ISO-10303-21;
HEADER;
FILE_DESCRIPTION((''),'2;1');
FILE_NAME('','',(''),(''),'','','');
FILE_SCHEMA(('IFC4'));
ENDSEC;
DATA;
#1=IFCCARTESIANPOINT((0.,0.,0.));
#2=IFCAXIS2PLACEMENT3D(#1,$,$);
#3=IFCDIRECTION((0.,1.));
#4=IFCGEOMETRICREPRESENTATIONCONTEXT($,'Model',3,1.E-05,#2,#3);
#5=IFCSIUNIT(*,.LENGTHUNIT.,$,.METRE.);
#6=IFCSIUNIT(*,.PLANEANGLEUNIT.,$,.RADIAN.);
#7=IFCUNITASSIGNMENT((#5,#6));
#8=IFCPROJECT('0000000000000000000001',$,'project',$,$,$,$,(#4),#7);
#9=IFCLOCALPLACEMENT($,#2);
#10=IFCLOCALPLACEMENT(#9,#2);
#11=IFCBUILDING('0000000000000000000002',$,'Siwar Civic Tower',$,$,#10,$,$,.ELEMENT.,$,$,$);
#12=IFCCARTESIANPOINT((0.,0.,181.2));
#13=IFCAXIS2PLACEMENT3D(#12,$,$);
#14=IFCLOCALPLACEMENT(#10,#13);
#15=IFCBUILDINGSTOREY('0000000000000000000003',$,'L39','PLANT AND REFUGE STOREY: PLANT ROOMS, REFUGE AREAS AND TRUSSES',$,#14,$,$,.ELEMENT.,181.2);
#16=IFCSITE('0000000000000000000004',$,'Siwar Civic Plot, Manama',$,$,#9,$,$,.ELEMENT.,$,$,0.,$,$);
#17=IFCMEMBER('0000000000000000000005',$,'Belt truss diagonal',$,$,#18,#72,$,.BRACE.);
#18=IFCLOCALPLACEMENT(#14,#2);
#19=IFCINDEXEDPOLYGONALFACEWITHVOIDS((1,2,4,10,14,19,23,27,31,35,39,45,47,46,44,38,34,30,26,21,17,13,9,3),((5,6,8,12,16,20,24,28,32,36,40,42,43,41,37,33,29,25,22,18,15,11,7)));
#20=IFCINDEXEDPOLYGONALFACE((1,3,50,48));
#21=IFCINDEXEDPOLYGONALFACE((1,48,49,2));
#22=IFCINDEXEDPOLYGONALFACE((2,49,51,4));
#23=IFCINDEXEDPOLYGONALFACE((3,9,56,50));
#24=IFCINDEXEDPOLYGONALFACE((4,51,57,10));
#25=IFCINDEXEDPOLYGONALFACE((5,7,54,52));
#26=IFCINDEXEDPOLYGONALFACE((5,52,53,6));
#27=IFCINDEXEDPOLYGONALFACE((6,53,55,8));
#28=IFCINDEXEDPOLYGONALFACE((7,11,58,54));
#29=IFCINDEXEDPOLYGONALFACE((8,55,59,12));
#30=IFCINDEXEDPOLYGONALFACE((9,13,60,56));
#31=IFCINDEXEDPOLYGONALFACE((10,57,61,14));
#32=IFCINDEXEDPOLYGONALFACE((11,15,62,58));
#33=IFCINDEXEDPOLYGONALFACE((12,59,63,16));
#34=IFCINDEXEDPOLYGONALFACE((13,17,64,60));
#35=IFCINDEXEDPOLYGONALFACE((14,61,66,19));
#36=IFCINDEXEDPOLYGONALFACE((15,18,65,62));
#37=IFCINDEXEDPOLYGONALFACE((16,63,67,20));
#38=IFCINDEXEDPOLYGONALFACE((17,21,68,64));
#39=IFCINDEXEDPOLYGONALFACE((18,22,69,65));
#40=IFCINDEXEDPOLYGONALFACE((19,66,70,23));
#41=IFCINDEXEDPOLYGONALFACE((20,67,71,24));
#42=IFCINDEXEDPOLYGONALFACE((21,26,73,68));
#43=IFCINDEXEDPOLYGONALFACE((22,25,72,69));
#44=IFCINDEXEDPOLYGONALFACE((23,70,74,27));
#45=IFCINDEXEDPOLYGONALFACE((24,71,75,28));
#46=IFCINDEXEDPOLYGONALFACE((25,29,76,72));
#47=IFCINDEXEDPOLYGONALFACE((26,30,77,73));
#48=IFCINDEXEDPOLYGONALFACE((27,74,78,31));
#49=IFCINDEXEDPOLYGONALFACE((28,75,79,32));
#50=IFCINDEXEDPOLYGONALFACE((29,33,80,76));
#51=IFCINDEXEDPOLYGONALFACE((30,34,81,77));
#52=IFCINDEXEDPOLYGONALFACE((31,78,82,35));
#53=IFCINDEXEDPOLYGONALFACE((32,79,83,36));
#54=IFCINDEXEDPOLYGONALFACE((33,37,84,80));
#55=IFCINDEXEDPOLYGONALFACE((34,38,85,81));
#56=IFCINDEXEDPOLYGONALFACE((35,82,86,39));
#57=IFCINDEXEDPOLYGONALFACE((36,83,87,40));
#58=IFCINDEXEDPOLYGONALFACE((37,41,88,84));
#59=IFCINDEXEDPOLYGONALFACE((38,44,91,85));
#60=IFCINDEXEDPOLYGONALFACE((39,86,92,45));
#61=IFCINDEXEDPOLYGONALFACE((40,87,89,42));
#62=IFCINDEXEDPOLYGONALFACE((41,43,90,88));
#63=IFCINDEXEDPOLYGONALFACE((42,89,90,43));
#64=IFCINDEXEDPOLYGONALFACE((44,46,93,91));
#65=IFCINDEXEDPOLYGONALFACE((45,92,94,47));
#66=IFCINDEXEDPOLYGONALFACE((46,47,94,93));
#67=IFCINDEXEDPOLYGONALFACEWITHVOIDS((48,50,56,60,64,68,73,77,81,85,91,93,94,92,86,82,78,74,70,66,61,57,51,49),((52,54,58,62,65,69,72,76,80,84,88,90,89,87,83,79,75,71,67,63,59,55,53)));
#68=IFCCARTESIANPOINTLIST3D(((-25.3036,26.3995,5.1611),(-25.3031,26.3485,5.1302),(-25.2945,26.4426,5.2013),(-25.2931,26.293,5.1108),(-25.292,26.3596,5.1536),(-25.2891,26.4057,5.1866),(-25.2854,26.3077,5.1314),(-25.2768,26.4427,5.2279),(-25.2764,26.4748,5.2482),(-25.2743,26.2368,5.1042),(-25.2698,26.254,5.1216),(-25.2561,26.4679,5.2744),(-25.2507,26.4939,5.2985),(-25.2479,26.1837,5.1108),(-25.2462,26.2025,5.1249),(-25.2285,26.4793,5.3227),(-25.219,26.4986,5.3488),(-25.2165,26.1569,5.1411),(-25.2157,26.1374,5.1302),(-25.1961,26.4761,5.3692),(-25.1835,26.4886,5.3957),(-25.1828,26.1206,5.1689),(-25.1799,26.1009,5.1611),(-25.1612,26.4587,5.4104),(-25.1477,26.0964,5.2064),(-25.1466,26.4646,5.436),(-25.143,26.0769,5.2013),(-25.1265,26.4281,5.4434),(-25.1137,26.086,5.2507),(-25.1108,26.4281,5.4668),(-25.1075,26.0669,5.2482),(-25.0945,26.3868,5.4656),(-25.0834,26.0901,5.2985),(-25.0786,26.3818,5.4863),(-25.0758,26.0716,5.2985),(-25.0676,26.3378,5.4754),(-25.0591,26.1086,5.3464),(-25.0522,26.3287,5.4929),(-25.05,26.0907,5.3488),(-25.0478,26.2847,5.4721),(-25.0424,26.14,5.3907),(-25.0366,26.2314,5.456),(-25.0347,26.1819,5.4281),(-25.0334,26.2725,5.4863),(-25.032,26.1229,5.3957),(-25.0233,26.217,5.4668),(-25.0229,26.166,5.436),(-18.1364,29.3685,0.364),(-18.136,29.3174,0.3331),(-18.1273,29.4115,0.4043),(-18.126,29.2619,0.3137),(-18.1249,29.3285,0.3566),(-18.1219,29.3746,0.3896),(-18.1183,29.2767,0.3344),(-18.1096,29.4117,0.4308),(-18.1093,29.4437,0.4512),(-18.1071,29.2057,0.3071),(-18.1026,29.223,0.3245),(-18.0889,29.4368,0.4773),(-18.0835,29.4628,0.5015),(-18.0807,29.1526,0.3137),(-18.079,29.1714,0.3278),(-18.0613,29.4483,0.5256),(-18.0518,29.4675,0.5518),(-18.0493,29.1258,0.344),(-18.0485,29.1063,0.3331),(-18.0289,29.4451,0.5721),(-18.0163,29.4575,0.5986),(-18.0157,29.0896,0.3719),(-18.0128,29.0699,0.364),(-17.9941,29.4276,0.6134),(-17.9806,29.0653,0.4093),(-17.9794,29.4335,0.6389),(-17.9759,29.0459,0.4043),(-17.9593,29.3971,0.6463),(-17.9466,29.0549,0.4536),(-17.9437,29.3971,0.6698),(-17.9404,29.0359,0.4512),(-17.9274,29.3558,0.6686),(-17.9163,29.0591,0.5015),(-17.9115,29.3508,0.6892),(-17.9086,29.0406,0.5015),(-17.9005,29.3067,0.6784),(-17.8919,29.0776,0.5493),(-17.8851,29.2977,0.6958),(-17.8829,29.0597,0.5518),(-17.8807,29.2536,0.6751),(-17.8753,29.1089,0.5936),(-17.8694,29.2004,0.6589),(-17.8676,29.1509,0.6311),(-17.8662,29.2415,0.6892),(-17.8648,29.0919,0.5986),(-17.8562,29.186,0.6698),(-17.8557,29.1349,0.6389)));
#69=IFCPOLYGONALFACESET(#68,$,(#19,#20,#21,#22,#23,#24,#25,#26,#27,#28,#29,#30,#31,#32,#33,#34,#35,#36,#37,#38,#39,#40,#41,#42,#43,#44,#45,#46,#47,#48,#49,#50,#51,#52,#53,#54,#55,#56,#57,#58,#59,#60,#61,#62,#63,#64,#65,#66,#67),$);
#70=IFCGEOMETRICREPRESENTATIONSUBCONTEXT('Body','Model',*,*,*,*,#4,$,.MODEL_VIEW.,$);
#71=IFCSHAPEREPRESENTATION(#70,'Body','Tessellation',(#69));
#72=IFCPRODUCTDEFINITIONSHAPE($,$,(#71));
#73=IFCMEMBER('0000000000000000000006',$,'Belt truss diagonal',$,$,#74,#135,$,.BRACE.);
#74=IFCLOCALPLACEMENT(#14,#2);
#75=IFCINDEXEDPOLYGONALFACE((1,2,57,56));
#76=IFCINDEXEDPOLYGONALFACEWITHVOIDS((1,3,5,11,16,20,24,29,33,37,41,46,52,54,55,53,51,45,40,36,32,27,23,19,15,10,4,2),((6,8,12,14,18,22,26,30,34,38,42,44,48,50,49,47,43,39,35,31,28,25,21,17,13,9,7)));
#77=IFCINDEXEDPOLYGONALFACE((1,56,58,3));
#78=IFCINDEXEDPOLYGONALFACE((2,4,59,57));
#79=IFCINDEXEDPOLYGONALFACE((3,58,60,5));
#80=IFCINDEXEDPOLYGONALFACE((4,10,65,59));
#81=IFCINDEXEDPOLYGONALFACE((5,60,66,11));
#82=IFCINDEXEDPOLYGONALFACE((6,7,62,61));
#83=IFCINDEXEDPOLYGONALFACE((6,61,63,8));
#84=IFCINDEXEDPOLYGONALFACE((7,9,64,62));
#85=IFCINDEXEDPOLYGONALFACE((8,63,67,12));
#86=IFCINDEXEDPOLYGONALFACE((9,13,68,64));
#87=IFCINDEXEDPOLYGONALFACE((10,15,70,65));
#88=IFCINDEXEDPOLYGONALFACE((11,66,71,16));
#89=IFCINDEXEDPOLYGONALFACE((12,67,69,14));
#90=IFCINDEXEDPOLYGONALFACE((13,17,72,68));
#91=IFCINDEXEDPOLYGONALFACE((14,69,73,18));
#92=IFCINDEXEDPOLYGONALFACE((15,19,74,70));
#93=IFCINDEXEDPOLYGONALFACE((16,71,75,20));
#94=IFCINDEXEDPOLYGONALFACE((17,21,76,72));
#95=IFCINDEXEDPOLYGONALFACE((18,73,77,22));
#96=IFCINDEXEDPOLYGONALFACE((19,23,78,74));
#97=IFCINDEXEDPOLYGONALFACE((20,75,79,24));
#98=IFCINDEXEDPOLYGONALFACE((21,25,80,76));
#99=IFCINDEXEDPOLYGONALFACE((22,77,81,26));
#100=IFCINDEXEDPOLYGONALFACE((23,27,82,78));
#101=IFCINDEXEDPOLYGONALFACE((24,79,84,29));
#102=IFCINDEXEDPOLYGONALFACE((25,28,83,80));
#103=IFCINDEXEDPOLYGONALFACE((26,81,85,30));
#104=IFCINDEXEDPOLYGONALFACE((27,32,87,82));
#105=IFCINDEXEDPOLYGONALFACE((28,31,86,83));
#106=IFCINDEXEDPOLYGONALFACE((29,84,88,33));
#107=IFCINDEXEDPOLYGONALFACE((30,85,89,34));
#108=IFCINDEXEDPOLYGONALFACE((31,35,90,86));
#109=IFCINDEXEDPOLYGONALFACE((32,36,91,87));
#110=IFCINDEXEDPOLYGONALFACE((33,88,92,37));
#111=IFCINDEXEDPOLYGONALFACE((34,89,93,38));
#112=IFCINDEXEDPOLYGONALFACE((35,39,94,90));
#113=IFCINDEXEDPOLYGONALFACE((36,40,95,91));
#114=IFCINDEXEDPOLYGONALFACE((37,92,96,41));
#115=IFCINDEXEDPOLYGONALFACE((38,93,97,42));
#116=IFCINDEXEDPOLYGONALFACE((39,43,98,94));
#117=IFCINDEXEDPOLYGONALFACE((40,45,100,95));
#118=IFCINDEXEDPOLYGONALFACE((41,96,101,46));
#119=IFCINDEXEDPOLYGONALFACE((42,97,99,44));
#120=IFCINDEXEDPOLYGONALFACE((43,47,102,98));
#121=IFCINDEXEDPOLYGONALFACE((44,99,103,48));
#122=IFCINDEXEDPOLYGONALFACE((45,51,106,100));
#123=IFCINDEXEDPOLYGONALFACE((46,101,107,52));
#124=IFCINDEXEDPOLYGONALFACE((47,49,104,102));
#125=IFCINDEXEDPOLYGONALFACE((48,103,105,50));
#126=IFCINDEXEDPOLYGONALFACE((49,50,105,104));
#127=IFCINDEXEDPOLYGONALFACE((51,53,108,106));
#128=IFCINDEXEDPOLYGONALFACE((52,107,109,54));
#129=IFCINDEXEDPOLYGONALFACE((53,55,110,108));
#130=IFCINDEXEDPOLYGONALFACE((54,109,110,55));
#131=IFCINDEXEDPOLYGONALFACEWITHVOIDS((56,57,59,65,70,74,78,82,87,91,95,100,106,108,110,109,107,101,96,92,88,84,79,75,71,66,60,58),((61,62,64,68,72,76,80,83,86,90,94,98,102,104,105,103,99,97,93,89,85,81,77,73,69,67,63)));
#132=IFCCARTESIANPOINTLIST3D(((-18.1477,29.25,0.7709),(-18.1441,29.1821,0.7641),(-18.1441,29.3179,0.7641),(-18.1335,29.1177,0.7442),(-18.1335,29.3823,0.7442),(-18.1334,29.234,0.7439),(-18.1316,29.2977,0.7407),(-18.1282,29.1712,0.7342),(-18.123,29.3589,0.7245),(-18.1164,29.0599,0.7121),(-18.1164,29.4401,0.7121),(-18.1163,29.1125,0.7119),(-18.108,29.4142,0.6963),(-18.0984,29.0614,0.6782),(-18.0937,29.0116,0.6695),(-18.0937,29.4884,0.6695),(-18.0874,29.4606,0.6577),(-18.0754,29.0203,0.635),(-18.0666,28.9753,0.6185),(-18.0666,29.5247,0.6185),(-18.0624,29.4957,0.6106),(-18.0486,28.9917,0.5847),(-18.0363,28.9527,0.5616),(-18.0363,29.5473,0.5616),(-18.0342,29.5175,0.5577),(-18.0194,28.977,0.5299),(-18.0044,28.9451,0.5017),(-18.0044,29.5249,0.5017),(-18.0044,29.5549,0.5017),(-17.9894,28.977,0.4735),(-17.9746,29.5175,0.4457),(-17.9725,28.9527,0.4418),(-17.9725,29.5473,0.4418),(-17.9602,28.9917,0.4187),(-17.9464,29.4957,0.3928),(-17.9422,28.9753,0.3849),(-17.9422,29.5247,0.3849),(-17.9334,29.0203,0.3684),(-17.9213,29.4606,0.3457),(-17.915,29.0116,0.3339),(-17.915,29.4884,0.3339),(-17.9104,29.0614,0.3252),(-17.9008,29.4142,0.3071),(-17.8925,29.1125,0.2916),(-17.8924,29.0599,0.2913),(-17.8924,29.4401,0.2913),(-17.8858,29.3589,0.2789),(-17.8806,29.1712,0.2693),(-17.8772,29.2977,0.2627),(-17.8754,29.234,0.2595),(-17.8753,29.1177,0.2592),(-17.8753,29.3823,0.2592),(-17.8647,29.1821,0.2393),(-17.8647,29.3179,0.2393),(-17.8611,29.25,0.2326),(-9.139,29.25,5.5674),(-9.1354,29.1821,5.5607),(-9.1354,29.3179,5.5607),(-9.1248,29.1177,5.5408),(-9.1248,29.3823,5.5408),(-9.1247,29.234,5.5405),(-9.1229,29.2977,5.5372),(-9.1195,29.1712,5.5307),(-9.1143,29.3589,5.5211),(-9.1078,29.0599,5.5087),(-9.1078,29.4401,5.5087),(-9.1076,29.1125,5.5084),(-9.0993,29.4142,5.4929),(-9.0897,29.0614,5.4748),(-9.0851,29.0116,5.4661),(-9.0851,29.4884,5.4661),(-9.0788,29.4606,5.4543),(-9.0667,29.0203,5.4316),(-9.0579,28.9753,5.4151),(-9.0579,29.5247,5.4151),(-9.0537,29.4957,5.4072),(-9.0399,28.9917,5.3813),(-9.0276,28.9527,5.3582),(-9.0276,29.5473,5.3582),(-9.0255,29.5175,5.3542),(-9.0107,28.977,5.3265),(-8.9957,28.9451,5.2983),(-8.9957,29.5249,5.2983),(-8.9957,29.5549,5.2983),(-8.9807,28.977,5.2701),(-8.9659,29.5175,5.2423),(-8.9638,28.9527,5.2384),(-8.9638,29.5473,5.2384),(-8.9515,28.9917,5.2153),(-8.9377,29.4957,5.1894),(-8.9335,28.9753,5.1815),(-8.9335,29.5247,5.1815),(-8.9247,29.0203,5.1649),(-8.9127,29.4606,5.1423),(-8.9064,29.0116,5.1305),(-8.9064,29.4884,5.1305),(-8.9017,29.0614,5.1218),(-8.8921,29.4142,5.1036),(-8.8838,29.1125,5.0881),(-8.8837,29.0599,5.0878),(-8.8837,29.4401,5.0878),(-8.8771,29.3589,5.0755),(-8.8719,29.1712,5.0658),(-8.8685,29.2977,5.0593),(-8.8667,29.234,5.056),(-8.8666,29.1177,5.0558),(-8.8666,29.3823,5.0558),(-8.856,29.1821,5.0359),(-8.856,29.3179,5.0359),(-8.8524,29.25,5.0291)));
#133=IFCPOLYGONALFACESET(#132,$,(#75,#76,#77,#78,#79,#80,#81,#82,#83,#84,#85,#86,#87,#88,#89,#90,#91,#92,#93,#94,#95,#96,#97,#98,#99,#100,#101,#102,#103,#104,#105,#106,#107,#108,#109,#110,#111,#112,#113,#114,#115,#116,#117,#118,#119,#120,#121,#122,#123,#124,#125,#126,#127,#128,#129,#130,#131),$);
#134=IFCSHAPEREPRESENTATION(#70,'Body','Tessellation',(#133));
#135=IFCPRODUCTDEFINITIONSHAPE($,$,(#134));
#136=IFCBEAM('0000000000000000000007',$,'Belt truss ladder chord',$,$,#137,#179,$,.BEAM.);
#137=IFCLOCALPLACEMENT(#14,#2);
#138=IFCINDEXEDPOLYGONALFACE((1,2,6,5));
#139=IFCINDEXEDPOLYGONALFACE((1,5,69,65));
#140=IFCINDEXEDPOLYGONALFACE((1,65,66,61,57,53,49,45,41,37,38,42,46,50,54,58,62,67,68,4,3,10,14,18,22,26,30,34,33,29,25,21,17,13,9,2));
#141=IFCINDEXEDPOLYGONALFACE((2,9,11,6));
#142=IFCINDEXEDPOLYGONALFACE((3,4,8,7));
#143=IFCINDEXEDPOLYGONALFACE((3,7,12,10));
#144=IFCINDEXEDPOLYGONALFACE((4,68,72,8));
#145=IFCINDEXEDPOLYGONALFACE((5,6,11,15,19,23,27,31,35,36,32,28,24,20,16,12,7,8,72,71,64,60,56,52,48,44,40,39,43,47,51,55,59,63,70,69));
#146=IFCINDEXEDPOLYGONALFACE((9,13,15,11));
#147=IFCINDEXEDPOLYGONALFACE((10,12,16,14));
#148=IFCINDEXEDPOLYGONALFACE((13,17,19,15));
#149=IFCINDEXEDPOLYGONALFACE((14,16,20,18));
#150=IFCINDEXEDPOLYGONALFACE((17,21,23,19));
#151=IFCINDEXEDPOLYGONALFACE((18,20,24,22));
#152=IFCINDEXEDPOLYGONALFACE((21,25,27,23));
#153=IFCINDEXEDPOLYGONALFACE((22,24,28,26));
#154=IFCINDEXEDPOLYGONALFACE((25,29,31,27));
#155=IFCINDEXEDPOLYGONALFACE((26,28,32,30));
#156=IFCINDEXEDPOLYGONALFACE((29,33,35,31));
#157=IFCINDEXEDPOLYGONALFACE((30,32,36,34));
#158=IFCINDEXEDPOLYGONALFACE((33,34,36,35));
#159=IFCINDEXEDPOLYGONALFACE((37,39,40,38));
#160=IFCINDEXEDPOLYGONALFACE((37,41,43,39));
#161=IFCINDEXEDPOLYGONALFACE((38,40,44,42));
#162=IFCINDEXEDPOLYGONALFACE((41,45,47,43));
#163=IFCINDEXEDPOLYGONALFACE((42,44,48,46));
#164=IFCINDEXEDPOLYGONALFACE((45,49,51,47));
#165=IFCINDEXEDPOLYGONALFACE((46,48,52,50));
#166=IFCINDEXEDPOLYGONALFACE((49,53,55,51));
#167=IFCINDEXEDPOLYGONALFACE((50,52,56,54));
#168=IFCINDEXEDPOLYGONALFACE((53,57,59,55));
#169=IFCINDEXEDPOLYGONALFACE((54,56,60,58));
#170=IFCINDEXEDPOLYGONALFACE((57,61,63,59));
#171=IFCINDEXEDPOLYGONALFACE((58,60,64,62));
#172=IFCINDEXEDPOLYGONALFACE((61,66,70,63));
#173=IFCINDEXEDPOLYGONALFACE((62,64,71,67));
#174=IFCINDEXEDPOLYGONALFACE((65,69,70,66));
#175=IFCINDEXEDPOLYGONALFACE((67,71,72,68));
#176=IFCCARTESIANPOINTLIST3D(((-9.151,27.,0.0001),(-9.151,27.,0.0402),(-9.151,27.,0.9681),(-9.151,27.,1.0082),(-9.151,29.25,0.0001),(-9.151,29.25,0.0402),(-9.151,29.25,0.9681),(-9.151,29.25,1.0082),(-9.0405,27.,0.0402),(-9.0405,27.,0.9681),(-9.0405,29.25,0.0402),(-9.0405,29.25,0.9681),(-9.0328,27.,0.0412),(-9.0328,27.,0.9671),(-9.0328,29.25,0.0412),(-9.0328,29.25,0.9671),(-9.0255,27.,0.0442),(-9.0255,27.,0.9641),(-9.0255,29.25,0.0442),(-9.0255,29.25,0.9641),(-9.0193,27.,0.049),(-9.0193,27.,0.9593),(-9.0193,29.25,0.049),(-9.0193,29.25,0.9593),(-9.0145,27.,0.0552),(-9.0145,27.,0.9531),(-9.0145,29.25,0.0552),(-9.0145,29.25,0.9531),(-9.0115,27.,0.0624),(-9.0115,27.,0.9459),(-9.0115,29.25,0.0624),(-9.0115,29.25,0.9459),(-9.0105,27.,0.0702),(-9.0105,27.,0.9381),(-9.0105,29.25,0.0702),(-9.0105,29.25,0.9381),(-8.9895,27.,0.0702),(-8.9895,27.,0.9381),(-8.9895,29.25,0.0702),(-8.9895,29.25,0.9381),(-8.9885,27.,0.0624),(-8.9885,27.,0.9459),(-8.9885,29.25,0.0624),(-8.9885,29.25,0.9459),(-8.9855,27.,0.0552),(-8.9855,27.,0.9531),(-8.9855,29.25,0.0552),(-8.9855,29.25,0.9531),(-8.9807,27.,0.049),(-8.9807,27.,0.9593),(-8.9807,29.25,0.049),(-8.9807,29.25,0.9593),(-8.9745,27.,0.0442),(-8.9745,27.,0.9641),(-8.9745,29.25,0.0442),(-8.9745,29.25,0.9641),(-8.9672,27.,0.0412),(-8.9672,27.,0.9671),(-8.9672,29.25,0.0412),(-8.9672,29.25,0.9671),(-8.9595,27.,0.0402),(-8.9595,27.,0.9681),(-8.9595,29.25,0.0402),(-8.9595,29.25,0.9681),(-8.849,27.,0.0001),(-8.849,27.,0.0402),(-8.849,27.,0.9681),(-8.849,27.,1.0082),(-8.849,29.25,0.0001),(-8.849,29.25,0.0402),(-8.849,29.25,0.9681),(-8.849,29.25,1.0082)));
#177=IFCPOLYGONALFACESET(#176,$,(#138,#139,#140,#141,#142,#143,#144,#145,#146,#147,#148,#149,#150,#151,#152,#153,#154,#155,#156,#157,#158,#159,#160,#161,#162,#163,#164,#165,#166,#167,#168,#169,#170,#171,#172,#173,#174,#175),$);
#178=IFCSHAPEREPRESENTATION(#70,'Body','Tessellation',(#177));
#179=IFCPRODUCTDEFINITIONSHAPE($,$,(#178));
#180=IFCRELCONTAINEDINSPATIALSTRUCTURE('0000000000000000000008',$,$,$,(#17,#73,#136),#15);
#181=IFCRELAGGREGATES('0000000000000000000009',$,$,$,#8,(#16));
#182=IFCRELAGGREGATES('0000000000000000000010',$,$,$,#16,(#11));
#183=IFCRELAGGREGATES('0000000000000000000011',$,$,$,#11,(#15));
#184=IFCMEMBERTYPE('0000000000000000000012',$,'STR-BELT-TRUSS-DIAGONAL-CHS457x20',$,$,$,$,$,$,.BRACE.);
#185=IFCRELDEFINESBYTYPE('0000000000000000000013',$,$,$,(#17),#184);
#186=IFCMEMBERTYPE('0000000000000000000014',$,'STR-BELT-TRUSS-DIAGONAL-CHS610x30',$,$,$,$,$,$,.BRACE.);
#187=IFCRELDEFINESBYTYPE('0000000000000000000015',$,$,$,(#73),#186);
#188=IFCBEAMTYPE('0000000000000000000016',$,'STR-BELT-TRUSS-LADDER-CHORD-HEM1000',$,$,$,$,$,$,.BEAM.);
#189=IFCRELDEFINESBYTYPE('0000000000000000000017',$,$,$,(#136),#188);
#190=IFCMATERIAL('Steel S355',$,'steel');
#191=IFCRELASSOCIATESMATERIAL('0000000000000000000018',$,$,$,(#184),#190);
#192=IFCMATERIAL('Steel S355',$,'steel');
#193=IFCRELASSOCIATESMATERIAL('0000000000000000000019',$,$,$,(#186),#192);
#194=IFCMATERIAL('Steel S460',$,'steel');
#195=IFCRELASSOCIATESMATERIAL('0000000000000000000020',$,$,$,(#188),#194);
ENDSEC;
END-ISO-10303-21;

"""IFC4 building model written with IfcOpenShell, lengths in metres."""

from ifc_helpers import new_model, si_unit, direction, frame, origin, origin_2d, place, context, subcontext, project, spatial, hollow_circle, i_section, extrude, material, material_profile, profile_set, type_object, element, save


model = new_model("IFC4")

# Units and contexts
model_context = context("Model", 3, precision=1e-05, world=origin(), true_north=direction((0.0, 1.0)))
body_context = subcontext(model_context, "Body", "Model", "MODEL_VIEW")
ifc_project = project(units=[si_unit("LENGTHUNIT", "METRE"), si_unit("PLANEANGLEUNIT", "RADIAN")], contexts=[model_context])

# Site, building, storey
site_placement = place(None, origin())
site = spatial("IfcSite", under=ifc_project, at=site_placement, Name="Siwar Civic Plot, Manama", CompositionType="ELEMENT", RefElevation=0.0)
building_placement = place(site_placement, origin())
building = spatial("IfcBuilding", under=site, at=building_placement, Name="Siwar Civic Tower", CompositionType="ELEMENT")
storey_placement = place(building_placement, frame((0.0, 0.0, 181.2)))
storey = spatial("IfcBuildingStorey", under=building, at=storey_placement, Name="L39", Description="PLANT AND REFUGE STOREY: PLANT ROOMS, REFUGE AREAS AND TRUSSES", CompositionType="ELEMENT", Elevation=181.2)

# Members
ifc_material_1 = material(Name="Steel S355", Category="steel")
ifc_material_profile_1 = material_profile(ifc_material_1, hollow_circle(Radius=0.2285, WallThickness=0.02, at=origin_2d()), Name="CHS457x20")
ifc_profile_set_1 = profile_set([ifc_material_profile_1], Name="Steel S355")
member_type_1 = type_object("IfcMemberType", Name="STR-BELT-TRUSS-DIAGONAL-CHS457x20", PredefinedType="BRACE", material=ifc_profile_set_1)
member_1_placement = place(storey_placement, frame((-17.9961, 29.2517, 0.5015), z_axis=(-0.785777, -0.325504, 0.52593), x_axis=(0.382708, -0.923869, 0.0)))
element("IfcMember", 1, at=member_1_placement, inside=storey, type_object=member_type_1, Name="Belt truss diagonal", PredefinedType="BRACE", context=body_context, shape_type="SweptSolid", body=[
    extrude(hollow_circle(Radius=0.2285, WallThickness=0.02, at=origin_2d()), origin(), (0.0, 0.0, 1.0), 9.1211),
])
ifc_material_2 = material(Name="Steel S355", Category="steel")
ifc_material_profile_2 = material_profile(ifc_material_2, hollow_circle(Radius=0.3049, WallThickness=0.03, at=origin_2d()), Name="CHS610x30")
ifc_profile_set_2 = profile_set([ifc_material_profile_2], Name="Steel S355")
member_type_2 = type_object("IfcMemberType", Name="STR-BELT-TRUSS-DIAGONAL-CHS610x30", PredefinedType="BRACE", material=ifc_profile_set_2)
member_2_placement = place(storey_placement, frame((-18.0044, 29.25, 0.5017), z_axis=(0.882681, 0.0, 0.469974), x_axis=(0.0, 1.0, 0.0)))
element("IfcMember", 2, at=member_2_placement, inside=storey, type_object=member_type_2, Name="Belt truss diagonal", PredefinedType="BRACE", context=body_context, shape_type="SweptSolid", body=[
    extrude(hollow_circle(Radius=0.3049, WallThickness=0.03, at=origin_2d()), origin(), (0.0, 0.0, 1.0), 10.2061),
])

# Beam
ifc_material_3 = material(Name="Steel S460", Category="steel")
ifc_material_profile_3 = material_profile(ifc_material_3, i_section(OverallWidth=0.302, OverallDepth=1.0081, WebThickness=0.021, FlangeThickness=0.04, FilletRadius=0.03, at=origin_2d()), Name="HEM1000")
ifc_profile_set_3 = profile_set([ifc_material_profile_3], Name="Steel S460")
beam_type_1 = type_object("IfcBeamType", Name="STR-BELT-TRUSS-LADDER-CHORD-HEM1000", PredefinedType="BEAM", material=ifc_profile_set_3)
beam_placement = place(storey_placement, frame((-9.0, 27.0, 0.5042), z_axis=(0.0, 1.0, 0.0), x_axis=(-1.0, 0.0, 0.0)))
element("IfcBeam", 3, at=beam_placement, inside=storey, type_object=beam_type_1, Name="Belt truss ladder chord", PredefinedType="BEAM", context=body_context, shape_type="SweptSolid", body=[
    extrude(i_section(OverallWidth=0.302, OverallDepth=1.0081, WebThickness=0.021, FlangeThickness=0.04, FilletRadius=0.03, at=origin_2d()), origin(), (0.0, 0.0, 1.0), 2.25),
])

save(model, "model.ifc")
